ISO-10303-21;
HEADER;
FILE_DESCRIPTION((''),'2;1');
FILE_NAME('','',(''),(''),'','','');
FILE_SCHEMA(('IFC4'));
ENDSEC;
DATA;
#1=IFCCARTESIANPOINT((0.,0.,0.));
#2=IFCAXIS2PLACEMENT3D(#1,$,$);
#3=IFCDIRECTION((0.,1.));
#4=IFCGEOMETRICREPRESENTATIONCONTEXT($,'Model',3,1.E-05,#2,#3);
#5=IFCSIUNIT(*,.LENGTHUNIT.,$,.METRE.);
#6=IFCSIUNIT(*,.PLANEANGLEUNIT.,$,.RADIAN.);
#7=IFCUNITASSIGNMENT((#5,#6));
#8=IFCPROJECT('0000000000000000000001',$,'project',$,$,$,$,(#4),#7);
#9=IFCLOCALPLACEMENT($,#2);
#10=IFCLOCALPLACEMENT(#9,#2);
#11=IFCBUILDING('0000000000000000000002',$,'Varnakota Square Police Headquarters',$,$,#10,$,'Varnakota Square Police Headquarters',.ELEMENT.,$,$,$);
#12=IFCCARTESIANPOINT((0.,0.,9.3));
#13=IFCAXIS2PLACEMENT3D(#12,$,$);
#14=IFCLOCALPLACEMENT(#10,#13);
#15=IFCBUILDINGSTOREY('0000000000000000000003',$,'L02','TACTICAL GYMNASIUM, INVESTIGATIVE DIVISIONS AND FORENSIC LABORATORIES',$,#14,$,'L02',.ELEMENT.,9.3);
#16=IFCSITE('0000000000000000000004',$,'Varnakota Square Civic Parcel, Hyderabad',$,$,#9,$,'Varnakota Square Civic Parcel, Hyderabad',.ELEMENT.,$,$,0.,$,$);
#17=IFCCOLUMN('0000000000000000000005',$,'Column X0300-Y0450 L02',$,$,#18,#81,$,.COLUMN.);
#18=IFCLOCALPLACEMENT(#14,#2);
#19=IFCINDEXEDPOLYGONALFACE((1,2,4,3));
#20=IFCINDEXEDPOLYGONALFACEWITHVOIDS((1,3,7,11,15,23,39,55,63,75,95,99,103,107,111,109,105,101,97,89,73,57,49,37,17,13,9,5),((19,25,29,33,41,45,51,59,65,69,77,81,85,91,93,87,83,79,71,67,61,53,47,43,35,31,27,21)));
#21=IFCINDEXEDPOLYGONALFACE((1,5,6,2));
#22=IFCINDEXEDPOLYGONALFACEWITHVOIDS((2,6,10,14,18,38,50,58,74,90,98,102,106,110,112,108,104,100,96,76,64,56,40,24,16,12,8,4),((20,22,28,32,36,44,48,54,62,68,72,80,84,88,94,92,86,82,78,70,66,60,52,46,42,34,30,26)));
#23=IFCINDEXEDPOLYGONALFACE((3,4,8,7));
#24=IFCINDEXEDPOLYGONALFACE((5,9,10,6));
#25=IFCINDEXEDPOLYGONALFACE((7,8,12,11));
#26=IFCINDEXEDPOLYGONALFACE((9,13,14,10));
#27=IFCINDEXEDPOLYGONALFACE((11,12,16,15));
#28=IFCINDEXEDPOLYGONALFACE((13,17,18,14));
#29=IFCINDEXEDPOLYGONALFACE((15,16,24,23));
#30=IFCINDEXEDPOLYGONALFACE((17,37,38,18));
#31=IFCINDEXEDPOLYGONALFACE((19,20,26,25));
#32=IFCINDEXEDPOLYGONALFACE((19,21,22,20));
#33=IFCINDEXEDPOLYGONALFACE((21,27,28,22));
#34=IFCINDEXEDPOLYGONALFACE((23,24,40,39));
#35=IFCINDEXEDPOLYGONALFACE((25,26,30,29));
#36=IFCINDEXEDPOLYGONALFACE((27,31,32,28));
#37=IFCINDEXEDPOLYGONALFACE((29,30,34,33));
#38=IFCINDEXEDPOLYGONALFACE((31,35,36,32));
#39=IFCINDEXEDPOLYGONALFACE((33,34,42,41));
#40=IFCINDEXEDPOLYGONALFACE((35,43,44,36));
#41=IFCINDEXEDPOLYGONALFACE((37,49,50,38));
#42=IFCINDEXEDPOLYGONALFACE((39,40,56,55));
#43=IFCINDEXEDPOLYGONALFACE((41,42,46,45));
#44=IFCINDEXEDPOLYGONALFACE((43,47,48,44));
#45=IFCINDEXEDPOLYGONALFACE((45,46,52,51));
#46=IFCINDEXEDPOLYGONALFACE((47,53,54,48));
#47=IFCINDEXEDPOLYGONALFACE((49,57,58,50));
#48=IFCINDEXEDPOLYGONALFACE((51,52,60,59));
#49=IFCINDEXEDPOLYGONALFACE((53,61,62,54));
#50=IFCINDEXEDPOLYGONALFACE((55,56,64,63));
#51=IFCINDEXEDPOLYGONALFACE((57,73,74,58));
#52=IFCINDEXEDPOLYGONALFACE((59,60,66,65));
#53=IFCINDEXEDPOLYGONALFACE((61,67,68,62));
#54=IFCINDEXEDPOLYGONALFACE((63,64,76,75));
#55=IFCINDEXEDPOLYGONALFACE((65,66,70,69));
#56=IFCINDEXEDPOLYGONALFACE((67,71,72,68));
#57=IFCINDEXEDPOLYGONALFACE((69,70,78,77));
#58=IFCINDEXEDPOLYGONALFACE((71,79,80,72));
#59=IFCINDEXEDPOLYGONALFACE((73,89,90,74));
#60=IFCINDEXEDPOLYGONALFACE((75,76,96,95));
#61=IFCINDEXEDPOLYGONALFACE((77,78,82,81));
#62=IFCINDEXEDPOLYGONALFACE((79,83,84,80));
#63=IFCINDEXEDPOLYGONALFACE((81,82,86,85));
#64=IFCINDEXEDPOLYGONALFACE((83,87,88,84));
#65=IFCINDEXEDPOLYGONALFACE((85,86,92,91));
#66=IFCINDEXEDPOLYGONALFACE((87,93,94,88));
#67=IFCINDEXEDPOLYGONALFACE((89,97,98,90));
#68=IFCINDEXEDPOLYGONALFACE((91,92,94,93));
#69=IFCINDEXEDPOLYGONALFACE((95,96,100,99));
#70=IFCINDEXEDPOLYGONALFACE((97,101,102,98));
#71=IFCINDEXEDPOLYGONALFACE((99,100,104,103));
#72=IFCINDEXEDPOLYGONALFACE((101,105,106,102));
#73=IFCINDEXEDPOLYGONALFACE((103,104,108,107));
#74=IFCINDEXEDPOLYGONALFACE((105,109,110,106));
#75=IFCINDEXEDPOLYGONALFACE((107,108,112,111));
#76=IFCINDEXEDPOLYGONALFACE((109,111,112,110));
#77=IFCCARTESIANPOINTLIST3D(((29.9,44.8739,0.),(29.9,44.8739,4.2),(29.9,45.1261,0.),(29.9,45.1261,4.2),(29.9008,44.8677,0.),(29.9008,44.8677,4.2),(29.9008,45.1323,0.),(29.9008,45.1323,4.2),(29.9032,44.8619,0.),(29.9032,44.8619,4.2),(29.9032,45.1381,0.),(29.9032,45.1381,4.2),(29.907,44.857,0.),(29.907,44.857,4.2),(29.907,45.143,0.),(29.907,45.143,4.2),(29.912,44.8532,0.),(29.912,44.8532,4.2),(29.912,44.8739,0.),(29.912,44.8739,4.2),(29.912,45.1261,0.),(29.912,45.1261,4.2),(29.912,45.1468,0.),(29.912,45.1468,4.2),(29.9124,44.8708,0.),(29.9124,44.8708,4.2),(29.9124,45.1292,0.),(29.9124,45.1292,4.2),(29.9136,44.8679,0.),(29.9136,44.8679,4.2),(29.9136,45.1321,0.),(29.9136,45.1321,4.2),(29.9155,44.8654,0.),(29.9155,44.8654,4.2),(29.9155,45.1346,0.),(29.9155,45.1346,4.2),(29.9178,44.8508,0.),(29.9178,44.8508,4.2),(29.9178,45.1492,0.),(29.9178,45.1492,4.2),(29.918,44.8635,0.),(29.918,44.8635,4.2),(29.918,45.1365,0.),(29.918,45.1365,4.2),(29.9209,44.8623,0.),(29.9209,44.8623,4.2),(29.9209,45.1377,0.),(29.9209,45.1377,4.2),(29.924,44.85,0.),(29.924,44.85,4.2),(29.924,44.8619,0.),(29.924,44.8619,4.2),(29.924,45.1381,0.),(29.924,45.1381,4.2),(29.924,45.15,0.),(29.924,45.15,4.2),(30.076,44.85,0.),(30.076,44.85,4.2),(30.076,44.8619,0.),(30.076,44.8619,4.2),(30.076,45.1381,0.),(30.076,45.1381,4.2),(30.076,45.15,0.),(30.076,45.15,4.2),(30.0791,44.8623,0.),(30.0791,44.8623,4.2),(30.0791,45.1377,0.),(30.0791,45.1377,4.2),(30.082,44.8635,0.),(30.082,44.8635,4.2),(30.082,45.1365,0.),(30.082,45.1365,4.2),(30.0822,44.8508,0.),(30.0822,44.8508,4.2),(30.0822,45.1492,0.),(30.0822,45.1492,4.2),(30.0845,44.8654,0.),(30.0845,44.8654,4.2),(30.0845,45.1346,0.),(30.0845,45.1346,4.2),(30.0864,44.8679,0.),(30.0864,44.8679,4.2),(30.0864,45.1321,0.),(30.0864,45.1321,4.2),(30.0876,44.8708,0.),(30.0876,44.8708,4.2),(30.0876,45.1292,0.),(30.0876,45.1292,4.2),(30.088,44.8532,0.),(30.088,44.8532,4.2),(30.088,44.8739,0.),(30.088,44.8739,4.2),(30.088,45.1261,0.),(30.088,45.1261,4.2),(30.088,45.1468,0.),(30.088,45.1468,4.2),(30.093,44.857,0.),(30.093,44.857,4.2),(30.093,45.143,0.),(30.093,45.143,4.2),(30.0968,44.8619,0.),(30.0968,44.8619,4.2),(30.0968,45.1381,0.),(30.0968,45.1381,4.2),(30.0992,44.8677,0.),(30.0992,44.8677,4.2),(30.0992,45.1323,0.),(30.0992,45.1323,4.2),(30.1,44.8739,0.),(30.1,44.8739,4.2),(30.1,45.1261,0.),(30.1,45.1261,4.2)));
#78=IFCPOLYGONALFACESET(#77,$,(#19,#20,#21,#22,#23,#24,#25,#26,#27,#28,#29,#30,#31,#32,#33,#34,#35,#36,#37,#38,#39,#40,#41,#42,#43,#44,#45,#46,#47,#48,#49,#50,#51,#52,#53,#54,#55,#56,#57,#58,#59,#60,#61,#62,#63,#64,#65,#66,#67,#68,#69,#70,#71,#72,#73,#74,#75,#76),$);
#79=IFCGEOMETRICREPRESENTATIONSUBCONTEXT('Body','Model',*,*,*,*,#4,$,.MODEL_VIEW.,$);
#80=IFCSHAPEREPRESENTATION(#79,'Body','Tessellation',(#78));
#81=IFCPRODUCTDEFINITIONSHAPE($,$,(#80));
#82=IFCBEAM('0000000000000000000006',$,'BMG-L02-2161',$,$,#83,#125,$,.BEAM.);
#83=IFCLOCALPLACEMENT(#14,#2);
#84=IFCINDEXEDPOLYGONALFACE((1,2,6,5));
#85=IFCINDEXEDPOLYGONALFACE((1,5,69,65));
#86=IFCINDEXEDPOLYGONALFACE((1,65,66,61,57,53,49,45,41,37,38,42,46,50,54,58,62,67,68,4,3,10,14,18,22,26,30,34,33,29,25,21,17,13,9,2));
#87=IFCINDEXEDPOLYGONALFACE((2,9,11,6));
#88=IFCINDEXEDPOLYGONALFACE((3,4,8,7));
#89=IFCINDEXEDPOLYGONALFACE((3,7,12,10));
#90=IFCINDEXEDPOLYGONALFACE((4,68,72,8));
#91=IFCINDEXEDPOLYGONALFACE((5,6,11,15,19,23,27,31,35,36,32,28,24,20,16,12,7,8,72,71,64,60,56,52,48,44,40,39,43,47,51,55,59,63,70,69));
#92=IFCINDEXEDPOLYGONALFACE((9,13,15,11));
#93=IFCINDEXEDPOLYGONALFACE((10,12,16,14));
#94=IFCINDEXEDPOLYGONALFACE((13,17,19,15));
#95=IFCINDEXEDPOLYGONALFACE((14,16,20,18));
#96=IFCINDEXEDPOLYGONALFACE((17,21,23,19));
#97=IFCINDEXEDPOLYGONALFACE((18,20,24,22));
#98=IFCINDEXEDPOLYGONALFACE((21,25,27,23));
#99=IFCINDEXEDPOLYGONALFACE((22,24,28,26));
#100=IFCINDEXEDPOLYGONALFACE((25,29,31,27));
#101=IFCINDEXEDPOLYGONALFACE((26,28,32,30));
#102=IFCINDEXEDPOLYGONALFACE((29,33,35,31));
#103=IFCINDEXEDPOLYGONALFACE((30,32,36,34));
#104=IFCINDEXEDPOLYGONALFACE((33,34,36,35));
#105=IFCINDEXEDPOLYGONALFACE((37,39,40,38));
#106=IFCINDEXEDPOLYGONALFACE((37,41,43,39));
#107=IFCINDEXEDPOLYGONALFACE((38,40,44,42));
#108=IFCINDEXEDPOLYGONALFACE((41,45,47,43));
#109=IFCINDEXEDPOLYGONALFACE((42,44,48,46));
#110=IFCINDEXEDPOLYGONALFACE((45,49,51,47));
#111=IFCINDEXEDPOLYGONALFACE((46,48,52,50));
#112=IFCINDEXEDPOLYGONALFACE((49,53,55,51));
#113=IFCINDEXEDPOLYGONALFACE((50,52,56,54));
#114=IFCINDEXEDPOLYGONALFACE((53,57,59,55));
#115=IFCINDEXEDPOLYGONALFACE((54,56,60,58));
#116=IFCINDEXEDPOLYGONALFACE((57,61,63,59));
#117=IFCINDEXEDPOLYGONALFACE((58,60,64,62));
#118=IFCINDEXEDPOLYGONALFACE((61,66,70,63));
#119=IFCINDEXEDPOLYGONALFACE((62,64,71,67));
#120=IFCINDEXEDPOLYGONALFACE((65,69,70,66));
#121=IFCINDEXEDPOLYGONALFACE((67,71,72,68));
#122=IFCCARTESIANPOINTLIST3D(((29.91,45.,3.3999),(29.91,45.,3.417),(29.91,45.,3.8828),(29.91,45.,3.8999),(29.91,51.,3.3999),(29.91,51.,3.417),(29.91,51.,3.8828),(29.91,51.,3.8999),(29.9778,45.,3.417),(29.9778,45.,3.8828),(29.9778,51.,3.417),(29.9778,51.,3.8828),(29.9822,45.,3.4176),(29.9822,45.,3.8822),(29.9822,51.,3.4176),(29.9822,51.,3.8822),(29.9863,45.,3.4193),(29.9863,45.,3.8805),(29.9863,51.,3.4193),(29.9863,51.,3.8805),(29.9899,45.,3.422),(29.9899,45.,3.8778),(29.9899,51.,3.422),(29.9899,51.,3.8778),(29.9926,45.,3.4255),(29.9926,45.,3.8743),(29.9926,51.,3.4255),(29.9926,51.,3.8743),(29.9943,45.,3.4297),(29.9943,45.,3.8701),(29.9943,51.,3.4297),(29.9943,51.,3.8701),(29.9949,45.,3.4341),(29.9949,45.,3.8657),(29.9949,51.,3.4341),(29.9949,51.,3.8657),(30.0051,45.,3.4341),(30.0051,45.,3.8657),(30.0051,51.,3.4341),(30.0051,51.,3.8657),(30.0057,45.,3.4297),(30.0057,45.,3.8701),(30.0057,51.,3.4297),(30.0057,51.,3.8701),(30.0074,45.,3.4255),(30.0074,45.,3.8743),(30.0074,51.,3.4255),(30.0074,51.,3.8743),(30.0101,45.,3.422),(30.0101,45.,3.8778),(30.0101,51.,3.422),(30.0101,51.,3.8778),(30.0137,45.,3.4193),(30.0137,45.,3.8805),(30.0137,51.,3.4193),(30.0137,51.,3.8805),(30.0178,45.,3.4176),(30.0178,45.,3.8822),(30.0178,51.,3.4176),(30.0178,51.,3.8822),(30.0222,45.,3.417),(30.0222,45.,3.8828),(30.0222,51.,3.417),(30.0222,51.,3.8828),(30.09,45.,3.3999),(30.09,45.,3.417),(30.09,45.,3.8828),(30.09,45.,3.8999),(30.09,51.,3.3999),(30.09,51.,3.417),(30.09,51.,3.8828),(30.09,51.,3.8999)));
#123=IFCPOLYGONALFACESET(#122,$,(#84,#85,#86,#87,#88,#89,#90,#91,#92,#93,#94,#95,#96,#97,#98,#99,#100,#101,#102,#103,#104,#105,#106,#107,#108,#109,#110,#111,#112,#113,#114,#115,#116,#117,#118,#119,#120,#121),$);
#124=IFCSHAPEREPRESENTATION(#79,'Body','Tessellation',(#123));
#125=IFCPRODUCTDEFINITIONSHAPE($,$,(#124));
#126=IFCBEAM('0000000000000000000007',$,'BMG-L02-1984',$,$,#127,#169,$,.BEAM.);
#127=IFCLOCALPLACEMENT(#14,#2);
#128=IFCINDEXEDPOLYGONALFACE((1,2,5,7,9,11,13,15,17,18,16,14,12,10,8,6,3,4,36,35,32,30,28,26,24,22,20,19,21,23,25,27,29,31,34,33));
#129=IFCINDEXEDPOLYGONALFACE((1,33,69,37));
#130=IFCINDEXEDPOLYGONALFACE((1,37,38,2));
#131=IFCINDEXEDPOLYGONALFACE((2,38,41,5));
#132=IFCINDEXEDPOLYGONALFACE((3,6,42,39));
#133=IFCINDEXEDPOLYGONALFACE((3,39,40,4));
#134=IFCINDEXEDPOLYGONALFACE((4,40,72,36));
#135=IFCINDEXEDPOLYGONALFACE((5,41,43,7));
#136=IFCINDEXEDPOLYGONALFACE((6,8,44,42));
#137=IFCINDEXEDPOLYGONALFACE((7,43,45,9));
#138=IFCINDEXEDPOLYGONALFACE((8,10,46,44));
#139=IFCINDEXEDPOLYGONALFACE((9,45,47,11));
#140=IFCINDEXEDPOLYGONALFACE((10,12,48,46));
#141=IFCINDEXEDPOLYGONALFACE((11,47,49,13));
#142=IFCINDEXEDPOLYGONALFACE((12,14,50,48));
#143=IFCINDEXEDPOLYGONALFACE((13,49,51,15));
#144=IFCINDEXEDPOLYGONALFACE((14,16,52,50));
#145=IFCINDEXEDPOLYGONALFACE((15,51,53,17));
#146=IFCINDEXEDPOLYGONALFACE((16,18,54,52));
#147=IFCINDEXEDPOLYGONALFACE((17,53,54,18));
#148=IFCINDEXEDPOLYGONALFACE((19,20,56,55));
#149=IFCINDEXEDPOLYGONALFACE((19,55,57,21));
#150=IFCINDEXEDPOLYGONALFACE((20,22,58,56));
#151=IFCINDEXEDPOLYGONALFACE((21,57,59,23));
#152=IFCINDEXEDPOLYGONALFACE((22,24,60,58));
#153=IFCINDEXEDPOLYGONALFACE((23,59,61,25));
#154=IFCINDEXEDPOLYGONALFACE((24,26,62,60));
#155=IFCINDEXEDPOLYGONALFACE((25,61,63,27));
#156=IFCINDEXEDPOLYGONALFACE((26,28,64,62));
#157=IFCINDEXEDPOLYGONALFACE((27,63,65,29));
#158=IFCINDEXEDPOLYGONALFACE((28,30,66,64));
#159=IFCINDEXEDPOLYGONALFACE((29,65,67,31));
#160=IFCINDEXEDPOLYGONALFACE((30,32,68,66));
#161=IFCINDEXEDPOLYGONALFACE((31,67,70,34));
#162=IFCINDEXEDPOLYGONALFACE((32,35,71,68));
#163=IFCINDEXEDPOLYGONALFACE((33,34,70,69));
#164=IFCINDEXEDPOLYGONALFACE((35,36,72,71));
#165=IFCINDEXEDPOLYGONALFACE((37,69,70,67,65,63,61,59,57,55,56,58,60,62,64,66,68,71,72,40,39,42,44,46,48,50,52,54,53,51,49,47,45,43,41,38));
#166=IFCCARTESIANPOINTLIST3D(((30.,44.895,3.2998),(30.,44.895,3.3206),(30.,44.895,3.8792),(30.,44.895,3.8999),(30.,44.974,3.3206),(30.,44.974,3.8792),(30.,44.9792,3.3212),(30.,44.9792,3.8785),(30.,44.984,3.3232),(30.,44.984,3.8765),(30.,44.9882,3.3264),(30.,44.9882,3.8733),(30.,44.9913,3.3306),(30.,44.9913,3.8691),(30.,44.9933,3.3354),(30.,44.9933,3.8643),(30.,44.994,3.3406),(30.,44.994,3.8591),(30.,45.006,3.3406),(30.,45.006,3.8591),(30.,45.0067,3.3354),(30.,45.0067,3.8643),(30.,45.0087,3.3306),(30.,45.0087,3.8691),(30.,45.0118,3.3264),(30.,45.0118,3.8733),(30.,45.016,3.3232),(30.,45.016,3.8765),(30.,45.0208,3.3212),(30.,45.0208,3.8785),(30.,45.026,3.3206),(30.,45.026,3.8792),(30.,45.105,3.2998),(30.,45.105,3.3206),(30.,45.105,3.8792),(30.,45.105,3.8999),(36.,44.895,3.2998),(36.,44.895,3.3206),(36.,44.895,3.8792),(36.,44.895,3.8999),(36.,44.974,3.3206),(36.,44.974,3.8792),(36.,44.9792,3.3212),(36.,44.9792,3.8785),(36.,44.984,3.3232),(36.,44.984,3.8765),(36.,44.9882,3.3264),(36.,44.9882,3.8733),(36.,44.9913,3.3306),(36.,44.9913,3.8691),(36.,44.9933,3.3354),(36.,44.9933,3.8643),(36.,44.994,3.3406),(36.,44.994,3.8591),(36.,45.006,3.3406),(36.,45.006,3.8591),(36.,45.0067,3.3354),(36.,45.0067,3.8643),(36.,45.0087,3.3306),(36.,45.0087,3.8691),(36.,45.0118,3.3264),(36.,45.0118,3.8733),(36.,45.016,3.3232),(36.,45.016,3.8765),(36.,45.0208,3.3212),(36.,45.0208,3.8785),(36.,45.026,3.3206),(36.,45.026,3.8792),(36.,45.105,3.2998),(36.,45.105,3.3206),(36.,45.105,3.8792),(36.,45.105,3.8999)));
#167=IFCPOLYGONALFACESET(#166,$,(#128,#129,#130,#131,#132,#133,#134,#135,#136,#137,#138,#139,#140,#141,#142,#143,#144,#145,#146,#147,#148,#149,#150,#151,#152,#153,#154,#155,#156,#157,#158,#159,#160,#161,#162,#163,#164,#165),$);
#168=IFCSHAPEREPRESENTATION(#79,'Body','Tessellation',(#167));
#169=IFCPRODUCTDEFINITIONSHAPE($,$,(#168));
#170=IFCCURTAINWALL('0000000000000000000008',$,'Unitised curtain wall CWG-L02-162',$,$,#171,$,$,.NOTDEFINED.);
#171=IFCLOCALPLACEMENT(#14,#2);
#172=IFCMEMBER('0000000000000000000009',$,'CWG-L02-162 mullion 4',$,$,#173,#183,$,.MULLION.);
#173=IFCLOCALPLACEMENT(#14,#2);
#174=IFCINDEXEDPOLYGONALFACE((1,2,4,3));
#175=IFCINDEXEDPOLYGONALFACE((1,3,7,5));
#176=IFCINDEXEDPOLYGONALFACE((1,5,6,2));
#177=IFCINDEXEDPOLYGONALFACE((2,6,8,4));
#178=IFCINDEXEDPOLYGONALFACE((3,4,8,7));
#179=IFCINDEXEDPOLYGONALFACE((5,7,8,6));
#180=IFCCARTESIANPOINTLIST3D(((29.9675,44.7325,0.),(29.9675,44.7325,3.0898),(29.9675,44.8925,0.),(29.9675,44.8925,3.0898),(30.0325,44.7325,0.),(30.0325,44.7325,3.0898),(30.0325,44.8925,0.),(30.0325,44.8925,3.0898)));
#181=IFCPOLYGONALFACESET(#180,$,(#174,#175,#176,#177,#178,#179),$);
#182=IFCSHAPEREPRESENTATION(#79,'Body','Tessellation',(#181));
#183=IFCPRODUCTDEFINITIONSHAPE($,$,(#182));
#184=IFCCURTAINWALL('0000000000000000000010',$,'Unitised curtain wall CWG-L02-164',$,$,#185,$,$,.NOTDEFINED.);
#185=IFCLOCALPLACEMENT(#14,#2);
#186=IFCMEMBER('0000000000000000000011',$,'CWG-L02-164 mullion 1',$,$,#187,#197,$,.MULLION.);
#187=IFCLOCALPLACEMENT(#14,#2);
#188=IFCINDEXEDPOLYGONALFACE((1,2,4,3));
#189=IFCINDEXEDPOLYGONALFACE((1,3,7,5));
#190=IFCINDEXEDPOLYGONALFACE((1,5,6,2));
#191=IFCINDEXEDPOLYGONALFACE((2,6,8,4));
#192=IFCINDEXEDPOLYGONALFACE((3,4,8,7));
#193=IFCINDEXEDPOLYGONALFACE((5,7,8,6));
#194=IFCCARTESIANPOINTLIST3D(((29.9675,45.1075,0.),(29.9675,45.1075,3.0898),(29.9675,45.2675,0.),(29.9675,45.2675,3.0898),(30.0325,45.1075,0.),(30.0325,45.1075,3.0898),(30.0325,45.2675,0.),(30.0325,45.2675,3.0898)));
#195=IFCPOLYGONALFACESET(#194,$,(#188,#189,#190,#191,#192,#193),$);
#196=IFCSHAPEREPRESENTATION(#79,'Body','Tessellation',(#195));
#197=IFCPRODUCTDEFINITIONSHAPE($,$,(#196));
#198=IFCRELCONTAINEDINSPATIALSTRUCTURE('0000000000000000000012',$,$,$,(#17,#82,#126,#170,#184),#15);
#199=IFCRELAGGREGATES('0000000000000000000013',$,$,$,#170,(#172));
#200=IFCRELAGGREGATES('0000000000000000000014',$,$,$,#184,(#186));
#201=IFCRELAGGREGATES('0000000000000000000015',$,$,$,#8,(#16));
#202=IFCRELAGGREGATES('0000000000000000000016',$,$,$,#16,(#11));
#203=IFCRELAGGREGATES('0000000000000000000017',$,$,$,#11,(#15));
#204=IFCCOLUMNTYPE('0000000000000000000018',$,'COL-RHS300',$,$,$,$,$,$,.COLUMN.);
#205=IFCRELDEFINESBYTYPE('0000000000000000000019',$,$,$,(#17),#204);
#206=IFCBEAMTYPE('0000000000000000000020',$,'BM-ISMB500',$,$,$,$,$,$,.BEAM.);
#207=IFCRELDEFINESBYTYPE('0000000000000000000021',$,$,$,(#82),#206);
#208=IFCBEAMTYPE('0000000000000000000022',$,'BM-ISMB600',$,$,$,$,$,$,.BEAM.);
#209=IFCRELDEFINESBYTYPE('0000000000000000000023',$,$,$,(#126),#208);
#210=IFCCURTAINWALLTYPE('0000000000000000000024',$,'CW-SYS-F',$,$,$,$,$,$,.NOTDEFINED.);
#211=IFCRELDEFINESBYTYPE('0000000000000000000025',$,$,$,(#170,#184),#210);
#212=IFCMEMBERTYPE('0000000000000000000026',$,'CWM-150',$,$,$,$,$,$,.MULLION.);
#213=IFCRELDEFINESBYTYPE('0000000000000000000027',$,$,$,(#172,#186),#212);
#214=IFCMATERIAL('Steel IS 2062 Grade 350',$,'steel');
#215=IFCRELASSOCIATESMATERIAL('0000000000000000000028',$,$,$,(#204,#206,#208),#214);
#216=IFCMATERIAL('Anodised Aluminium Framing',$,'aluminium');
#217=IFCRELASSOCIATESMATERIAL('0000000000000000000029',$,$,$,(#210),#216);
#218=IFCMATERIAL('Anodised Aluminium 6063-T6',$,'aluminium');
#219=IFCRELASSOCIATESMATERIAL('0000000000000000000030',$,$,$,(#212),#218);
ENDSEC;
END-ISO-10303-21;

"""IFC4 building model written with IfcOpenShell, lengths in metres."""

from ifc_helpers import new_model, si_unit, direction, frame, origin, origin_2d, place, context, subcontext, project, spatial, rectangle, hollow_rectangle, i_section, extrude, material, material_profile, profile_set, type_object, element, aggregate, save


model = new_model("IFC4")

# Units and contexts
model_context = context("Model", 3, precision=1e-05, world=origin(), true_north=direction((0.0, 1.0)))
body_context = subcontext(model_context, "Body", "Model", "MODEL_VIEW")
ifc_project = project(units=[si_unit("LENGTHUNIT", "METRE"), si_unit("PLANEANGLEUNIT", "RADIAN")], contexts=[model_context])

# Site, building, storey
site_placement = place(None, origin())
site = spatial("IfcSite", under=ifc_project, at=site_placement, Name="Varnakota Square Civic Parcel, Hyderabad", LongName="Varnakota Square Civic Parcel, Hyderabad", CompositionType="ELEMENT", RefElevation=0.0)
building_placement = place(site_placement, origin())
building = spatial("IfcBuilding", under=site, at=building_placement, Name="Varnakota Square Police Headquarters", LongName="Varnakota Square Police Headquarters", CompositionType="ELEMENT")
storey_placement = place(building_placement, frame((0.0, 0.0, 9.3)))
storey = spatial("IfcBuildingStorey", under=building, at=storey_placement, Name="L02", Description="TACTICAL GYMNASIUM, INVESTIGATIVE DIVISIONS AND FORENSIC LABORATORIES", LongName="L02", CompositionType="ELEMENT", Elevation=9.3)

# Column
ifc_material_1 = material(Name="Steel IS 2062 Grade 350", Category="steel")
ifc_material_profile_1 = material_profile(ifc_material_1, hollow_rectangle(XDim=0.2, YDim=0.3, WallThickness=0.012, InnerFilletRadius=0.012, OuterFilletRadius=0.0239, at=origin_2d()), Name="RHS 300x200x12")
ifc_profile_set_1 = profile_set([ifc_material_profile_1], Name="Steel IS 2062 Grade 350")
column_type = type_object("IfcColumnType", Name="COL-RHS300", PredefinedType="COLUMN", material=ifc_profile_set_1)
column_placement = place(storey_placement, frame((30.0, 45.0, 0.0), z_axis=(0.0, 0.0, 1.0), x_axis=(1.0, 0.0, 0.0)))
element("IfcColumn", 1, at=column_placement, inside=storey, type_object=column_type, Name="Column X0300-Y0450 L02", PredefinedType="COLUMN", context=body_context, shape_type="SweptSolid", body=[
    extrude(hollow_rectangle(XDim=0.2, YDim=0.3, WallThickness=0.012, InnerFilletRadius=0.012, OuterFilletRadius=0.0239, at=origin_2d()), origin(), (0.0, 0.0, 1.0), 4.2),
])

# Beams
ifc_material_profile_2 = material_profile(ifc_material_1, i_section(OverallWidth=0.1799, OverallDepth=0.5, WebThickness=0.0103, FlangeThickness=0.0171, FilletRadius=0.0171, at=origin_2d()), Name="ISMB 500")
ifc_profile_set_2 = profile_set([ifc_material_profile_2], Name="Steel IS 2062 Grade 350")
beam_type_1 = type_object("IfcBeamType", Name="BM-ISMB500", PredefinedType="BEAM", material=ifc_profile_set_2)
beam_1_placement = place(storey_placement, frame((30.0, 45.0, 3.6499), z_axis=(0.0, 1.0, 0.0), x_axis=(-1.0, 0.0, 0.0)))
element("IfcBeam", 2, at=beam_1_placement, inside=storey, type_object=beam_type_1, Name="BMG-L02-2161", PredefinedType="BEAM", context=body_context, shape_type="SweptSolid", body=[
    extrude(i_section(OverallWidth=0.1799, OverallDepth=0.5, WebThickness=0.0103, FlangeThickness=0.0171, FilletRadius=0.0171, at=origin_2d()), origin(), (0.0, 0.0, 1.0), 6.0),
])
ifc_material_profile_3 = material_profile(ifc_material_1, i_section(OverallWidth=0.21, OverallDepth=0.6001, WebThickness=0.012, FlangeThickness=0.0208, FilletRadius=0.02, at=origin_2d()), Name="ISMB 600")
ifc_profile_set_3 = profile_set([ifc_material_profile_3], Name="Steel IS 2062 Grade 350")
beam_type_2 = type_object("IfcBeamType", Name="BM-ISMB600", PredefinedType="BEAM", material=ifc_profile_set_3)
beam_2_placement = place(storey_placement, frame((30.0, 45.0, 3.5999), z_axis=(1.0, 0.0, 0.0), x_axis=(0.0, 1.0, 0.0)))
element("IfcBeam", 3, at=beam_2_placement, inside=storey, type_object=beam_type_2, Name="BMG-L02-1984", PredefinedType="BEAM", context=body_context, shape_type="SweptSolid", body=[
    extrude(i_section(OverallWidth=0.21, OverallDepth=0.6001, WebThickness=0.012, FlangeThickness=0.0208, FilletRadius=0.02, at=origin_2d()), origin(), (0.0, 0.0, 1.0), 6.0),
])

# Curtain wall, member
ifc_material_2 = material(Name="Anodised Aluminium Framing", Category="aluminium")
curtain_wall_type = type_object("IfcCurtainWallType", Name="CW-SYS-F", PredefinedType="NOTDEFINED", material=ifc_material_2)
curtain_wall_1_placement = place(storey_placement, origin())
curtain_wall_1 = element("IfcCurtainWall", 4, at=curtain_wall_1_placement, inside=storey, type_object=curtain_wall_type, Name="Unitised curtain wall CWG-L02-162", PredefinedType="NOTDEFINED")
ifc_material_3 = material(Name="Anodised Aluminium 6063-T6", Category="aluminium")
ifc_material_profile_4 = material_profile(ifc_material_3, rectangle(XDim=0.0649, YDim=0.1599, at=origin_2d()), Name="ALU MULLION 65x160")
ifc_profile_set_4 = profile_set([ifc_material_profile_4], Name="Anodised Aluminium 6063-T6")
member_type_1 = type_object("IfcMemberType", Name="CWM-150", PredefinedType="MULLION", material=ifc_profile_set_4)
member_1_placement = place(storey_placement, frame((30.0, 44.8125, 0.0), z_axis=(0.0, 0.0, 1.0), x_axis=(-1.0, 0.0, 0.0)))
member_1 = element("IfcMember", 5, at=member_1_placement, type_object=member_type_1, Name="CWG-L02-162 mullion 4", PredefinedType="MULLION", context=body_context, shape_type="SweptSolid", body=[
    extrude(rectangle(XDim=0.0649, YDim=0.1599, at=origin_2d()), origin(), (0.0, 0.0, 1.0), 3.0898),
])

# Curtain wall, member
curtain_wall_2_placement = place(storey_placement, origin())
curtain_wall_2 = element("IfcCurtainWall", 6, at=curtain_wall_2_placement, inside=storey, type_object=curtain_wall_type, Name="Unitised curtain wall CWG-L02-164", PredefinedType="NOTDEFINED")
member_2_placement = place(storey_placement, frame((30.0, 45.1875, 0.0), z_axis=(0.0, 0.0, 1.0), x_axis=(-1.0, 0.0, 0.0)))
member_2 = element("IfcMember", 7, at=member_2_placement, type_object=member_type_1, Name="CWG-L02-164 mullion 1", PredefinedType="MULLION", context=body_context, shape_type="SweptSolid", body=[
    extrude(rectangle(XDim=0.0649, YDim=0.1599, at=origin_2d()), origin(), (0.0, 0.0, 1.0), 3.0898),
])

aggregate(curtain_wall_1, [member_1])
aggregate(curtain_wall_2, [member_2])

save(model, "model.ifc")
